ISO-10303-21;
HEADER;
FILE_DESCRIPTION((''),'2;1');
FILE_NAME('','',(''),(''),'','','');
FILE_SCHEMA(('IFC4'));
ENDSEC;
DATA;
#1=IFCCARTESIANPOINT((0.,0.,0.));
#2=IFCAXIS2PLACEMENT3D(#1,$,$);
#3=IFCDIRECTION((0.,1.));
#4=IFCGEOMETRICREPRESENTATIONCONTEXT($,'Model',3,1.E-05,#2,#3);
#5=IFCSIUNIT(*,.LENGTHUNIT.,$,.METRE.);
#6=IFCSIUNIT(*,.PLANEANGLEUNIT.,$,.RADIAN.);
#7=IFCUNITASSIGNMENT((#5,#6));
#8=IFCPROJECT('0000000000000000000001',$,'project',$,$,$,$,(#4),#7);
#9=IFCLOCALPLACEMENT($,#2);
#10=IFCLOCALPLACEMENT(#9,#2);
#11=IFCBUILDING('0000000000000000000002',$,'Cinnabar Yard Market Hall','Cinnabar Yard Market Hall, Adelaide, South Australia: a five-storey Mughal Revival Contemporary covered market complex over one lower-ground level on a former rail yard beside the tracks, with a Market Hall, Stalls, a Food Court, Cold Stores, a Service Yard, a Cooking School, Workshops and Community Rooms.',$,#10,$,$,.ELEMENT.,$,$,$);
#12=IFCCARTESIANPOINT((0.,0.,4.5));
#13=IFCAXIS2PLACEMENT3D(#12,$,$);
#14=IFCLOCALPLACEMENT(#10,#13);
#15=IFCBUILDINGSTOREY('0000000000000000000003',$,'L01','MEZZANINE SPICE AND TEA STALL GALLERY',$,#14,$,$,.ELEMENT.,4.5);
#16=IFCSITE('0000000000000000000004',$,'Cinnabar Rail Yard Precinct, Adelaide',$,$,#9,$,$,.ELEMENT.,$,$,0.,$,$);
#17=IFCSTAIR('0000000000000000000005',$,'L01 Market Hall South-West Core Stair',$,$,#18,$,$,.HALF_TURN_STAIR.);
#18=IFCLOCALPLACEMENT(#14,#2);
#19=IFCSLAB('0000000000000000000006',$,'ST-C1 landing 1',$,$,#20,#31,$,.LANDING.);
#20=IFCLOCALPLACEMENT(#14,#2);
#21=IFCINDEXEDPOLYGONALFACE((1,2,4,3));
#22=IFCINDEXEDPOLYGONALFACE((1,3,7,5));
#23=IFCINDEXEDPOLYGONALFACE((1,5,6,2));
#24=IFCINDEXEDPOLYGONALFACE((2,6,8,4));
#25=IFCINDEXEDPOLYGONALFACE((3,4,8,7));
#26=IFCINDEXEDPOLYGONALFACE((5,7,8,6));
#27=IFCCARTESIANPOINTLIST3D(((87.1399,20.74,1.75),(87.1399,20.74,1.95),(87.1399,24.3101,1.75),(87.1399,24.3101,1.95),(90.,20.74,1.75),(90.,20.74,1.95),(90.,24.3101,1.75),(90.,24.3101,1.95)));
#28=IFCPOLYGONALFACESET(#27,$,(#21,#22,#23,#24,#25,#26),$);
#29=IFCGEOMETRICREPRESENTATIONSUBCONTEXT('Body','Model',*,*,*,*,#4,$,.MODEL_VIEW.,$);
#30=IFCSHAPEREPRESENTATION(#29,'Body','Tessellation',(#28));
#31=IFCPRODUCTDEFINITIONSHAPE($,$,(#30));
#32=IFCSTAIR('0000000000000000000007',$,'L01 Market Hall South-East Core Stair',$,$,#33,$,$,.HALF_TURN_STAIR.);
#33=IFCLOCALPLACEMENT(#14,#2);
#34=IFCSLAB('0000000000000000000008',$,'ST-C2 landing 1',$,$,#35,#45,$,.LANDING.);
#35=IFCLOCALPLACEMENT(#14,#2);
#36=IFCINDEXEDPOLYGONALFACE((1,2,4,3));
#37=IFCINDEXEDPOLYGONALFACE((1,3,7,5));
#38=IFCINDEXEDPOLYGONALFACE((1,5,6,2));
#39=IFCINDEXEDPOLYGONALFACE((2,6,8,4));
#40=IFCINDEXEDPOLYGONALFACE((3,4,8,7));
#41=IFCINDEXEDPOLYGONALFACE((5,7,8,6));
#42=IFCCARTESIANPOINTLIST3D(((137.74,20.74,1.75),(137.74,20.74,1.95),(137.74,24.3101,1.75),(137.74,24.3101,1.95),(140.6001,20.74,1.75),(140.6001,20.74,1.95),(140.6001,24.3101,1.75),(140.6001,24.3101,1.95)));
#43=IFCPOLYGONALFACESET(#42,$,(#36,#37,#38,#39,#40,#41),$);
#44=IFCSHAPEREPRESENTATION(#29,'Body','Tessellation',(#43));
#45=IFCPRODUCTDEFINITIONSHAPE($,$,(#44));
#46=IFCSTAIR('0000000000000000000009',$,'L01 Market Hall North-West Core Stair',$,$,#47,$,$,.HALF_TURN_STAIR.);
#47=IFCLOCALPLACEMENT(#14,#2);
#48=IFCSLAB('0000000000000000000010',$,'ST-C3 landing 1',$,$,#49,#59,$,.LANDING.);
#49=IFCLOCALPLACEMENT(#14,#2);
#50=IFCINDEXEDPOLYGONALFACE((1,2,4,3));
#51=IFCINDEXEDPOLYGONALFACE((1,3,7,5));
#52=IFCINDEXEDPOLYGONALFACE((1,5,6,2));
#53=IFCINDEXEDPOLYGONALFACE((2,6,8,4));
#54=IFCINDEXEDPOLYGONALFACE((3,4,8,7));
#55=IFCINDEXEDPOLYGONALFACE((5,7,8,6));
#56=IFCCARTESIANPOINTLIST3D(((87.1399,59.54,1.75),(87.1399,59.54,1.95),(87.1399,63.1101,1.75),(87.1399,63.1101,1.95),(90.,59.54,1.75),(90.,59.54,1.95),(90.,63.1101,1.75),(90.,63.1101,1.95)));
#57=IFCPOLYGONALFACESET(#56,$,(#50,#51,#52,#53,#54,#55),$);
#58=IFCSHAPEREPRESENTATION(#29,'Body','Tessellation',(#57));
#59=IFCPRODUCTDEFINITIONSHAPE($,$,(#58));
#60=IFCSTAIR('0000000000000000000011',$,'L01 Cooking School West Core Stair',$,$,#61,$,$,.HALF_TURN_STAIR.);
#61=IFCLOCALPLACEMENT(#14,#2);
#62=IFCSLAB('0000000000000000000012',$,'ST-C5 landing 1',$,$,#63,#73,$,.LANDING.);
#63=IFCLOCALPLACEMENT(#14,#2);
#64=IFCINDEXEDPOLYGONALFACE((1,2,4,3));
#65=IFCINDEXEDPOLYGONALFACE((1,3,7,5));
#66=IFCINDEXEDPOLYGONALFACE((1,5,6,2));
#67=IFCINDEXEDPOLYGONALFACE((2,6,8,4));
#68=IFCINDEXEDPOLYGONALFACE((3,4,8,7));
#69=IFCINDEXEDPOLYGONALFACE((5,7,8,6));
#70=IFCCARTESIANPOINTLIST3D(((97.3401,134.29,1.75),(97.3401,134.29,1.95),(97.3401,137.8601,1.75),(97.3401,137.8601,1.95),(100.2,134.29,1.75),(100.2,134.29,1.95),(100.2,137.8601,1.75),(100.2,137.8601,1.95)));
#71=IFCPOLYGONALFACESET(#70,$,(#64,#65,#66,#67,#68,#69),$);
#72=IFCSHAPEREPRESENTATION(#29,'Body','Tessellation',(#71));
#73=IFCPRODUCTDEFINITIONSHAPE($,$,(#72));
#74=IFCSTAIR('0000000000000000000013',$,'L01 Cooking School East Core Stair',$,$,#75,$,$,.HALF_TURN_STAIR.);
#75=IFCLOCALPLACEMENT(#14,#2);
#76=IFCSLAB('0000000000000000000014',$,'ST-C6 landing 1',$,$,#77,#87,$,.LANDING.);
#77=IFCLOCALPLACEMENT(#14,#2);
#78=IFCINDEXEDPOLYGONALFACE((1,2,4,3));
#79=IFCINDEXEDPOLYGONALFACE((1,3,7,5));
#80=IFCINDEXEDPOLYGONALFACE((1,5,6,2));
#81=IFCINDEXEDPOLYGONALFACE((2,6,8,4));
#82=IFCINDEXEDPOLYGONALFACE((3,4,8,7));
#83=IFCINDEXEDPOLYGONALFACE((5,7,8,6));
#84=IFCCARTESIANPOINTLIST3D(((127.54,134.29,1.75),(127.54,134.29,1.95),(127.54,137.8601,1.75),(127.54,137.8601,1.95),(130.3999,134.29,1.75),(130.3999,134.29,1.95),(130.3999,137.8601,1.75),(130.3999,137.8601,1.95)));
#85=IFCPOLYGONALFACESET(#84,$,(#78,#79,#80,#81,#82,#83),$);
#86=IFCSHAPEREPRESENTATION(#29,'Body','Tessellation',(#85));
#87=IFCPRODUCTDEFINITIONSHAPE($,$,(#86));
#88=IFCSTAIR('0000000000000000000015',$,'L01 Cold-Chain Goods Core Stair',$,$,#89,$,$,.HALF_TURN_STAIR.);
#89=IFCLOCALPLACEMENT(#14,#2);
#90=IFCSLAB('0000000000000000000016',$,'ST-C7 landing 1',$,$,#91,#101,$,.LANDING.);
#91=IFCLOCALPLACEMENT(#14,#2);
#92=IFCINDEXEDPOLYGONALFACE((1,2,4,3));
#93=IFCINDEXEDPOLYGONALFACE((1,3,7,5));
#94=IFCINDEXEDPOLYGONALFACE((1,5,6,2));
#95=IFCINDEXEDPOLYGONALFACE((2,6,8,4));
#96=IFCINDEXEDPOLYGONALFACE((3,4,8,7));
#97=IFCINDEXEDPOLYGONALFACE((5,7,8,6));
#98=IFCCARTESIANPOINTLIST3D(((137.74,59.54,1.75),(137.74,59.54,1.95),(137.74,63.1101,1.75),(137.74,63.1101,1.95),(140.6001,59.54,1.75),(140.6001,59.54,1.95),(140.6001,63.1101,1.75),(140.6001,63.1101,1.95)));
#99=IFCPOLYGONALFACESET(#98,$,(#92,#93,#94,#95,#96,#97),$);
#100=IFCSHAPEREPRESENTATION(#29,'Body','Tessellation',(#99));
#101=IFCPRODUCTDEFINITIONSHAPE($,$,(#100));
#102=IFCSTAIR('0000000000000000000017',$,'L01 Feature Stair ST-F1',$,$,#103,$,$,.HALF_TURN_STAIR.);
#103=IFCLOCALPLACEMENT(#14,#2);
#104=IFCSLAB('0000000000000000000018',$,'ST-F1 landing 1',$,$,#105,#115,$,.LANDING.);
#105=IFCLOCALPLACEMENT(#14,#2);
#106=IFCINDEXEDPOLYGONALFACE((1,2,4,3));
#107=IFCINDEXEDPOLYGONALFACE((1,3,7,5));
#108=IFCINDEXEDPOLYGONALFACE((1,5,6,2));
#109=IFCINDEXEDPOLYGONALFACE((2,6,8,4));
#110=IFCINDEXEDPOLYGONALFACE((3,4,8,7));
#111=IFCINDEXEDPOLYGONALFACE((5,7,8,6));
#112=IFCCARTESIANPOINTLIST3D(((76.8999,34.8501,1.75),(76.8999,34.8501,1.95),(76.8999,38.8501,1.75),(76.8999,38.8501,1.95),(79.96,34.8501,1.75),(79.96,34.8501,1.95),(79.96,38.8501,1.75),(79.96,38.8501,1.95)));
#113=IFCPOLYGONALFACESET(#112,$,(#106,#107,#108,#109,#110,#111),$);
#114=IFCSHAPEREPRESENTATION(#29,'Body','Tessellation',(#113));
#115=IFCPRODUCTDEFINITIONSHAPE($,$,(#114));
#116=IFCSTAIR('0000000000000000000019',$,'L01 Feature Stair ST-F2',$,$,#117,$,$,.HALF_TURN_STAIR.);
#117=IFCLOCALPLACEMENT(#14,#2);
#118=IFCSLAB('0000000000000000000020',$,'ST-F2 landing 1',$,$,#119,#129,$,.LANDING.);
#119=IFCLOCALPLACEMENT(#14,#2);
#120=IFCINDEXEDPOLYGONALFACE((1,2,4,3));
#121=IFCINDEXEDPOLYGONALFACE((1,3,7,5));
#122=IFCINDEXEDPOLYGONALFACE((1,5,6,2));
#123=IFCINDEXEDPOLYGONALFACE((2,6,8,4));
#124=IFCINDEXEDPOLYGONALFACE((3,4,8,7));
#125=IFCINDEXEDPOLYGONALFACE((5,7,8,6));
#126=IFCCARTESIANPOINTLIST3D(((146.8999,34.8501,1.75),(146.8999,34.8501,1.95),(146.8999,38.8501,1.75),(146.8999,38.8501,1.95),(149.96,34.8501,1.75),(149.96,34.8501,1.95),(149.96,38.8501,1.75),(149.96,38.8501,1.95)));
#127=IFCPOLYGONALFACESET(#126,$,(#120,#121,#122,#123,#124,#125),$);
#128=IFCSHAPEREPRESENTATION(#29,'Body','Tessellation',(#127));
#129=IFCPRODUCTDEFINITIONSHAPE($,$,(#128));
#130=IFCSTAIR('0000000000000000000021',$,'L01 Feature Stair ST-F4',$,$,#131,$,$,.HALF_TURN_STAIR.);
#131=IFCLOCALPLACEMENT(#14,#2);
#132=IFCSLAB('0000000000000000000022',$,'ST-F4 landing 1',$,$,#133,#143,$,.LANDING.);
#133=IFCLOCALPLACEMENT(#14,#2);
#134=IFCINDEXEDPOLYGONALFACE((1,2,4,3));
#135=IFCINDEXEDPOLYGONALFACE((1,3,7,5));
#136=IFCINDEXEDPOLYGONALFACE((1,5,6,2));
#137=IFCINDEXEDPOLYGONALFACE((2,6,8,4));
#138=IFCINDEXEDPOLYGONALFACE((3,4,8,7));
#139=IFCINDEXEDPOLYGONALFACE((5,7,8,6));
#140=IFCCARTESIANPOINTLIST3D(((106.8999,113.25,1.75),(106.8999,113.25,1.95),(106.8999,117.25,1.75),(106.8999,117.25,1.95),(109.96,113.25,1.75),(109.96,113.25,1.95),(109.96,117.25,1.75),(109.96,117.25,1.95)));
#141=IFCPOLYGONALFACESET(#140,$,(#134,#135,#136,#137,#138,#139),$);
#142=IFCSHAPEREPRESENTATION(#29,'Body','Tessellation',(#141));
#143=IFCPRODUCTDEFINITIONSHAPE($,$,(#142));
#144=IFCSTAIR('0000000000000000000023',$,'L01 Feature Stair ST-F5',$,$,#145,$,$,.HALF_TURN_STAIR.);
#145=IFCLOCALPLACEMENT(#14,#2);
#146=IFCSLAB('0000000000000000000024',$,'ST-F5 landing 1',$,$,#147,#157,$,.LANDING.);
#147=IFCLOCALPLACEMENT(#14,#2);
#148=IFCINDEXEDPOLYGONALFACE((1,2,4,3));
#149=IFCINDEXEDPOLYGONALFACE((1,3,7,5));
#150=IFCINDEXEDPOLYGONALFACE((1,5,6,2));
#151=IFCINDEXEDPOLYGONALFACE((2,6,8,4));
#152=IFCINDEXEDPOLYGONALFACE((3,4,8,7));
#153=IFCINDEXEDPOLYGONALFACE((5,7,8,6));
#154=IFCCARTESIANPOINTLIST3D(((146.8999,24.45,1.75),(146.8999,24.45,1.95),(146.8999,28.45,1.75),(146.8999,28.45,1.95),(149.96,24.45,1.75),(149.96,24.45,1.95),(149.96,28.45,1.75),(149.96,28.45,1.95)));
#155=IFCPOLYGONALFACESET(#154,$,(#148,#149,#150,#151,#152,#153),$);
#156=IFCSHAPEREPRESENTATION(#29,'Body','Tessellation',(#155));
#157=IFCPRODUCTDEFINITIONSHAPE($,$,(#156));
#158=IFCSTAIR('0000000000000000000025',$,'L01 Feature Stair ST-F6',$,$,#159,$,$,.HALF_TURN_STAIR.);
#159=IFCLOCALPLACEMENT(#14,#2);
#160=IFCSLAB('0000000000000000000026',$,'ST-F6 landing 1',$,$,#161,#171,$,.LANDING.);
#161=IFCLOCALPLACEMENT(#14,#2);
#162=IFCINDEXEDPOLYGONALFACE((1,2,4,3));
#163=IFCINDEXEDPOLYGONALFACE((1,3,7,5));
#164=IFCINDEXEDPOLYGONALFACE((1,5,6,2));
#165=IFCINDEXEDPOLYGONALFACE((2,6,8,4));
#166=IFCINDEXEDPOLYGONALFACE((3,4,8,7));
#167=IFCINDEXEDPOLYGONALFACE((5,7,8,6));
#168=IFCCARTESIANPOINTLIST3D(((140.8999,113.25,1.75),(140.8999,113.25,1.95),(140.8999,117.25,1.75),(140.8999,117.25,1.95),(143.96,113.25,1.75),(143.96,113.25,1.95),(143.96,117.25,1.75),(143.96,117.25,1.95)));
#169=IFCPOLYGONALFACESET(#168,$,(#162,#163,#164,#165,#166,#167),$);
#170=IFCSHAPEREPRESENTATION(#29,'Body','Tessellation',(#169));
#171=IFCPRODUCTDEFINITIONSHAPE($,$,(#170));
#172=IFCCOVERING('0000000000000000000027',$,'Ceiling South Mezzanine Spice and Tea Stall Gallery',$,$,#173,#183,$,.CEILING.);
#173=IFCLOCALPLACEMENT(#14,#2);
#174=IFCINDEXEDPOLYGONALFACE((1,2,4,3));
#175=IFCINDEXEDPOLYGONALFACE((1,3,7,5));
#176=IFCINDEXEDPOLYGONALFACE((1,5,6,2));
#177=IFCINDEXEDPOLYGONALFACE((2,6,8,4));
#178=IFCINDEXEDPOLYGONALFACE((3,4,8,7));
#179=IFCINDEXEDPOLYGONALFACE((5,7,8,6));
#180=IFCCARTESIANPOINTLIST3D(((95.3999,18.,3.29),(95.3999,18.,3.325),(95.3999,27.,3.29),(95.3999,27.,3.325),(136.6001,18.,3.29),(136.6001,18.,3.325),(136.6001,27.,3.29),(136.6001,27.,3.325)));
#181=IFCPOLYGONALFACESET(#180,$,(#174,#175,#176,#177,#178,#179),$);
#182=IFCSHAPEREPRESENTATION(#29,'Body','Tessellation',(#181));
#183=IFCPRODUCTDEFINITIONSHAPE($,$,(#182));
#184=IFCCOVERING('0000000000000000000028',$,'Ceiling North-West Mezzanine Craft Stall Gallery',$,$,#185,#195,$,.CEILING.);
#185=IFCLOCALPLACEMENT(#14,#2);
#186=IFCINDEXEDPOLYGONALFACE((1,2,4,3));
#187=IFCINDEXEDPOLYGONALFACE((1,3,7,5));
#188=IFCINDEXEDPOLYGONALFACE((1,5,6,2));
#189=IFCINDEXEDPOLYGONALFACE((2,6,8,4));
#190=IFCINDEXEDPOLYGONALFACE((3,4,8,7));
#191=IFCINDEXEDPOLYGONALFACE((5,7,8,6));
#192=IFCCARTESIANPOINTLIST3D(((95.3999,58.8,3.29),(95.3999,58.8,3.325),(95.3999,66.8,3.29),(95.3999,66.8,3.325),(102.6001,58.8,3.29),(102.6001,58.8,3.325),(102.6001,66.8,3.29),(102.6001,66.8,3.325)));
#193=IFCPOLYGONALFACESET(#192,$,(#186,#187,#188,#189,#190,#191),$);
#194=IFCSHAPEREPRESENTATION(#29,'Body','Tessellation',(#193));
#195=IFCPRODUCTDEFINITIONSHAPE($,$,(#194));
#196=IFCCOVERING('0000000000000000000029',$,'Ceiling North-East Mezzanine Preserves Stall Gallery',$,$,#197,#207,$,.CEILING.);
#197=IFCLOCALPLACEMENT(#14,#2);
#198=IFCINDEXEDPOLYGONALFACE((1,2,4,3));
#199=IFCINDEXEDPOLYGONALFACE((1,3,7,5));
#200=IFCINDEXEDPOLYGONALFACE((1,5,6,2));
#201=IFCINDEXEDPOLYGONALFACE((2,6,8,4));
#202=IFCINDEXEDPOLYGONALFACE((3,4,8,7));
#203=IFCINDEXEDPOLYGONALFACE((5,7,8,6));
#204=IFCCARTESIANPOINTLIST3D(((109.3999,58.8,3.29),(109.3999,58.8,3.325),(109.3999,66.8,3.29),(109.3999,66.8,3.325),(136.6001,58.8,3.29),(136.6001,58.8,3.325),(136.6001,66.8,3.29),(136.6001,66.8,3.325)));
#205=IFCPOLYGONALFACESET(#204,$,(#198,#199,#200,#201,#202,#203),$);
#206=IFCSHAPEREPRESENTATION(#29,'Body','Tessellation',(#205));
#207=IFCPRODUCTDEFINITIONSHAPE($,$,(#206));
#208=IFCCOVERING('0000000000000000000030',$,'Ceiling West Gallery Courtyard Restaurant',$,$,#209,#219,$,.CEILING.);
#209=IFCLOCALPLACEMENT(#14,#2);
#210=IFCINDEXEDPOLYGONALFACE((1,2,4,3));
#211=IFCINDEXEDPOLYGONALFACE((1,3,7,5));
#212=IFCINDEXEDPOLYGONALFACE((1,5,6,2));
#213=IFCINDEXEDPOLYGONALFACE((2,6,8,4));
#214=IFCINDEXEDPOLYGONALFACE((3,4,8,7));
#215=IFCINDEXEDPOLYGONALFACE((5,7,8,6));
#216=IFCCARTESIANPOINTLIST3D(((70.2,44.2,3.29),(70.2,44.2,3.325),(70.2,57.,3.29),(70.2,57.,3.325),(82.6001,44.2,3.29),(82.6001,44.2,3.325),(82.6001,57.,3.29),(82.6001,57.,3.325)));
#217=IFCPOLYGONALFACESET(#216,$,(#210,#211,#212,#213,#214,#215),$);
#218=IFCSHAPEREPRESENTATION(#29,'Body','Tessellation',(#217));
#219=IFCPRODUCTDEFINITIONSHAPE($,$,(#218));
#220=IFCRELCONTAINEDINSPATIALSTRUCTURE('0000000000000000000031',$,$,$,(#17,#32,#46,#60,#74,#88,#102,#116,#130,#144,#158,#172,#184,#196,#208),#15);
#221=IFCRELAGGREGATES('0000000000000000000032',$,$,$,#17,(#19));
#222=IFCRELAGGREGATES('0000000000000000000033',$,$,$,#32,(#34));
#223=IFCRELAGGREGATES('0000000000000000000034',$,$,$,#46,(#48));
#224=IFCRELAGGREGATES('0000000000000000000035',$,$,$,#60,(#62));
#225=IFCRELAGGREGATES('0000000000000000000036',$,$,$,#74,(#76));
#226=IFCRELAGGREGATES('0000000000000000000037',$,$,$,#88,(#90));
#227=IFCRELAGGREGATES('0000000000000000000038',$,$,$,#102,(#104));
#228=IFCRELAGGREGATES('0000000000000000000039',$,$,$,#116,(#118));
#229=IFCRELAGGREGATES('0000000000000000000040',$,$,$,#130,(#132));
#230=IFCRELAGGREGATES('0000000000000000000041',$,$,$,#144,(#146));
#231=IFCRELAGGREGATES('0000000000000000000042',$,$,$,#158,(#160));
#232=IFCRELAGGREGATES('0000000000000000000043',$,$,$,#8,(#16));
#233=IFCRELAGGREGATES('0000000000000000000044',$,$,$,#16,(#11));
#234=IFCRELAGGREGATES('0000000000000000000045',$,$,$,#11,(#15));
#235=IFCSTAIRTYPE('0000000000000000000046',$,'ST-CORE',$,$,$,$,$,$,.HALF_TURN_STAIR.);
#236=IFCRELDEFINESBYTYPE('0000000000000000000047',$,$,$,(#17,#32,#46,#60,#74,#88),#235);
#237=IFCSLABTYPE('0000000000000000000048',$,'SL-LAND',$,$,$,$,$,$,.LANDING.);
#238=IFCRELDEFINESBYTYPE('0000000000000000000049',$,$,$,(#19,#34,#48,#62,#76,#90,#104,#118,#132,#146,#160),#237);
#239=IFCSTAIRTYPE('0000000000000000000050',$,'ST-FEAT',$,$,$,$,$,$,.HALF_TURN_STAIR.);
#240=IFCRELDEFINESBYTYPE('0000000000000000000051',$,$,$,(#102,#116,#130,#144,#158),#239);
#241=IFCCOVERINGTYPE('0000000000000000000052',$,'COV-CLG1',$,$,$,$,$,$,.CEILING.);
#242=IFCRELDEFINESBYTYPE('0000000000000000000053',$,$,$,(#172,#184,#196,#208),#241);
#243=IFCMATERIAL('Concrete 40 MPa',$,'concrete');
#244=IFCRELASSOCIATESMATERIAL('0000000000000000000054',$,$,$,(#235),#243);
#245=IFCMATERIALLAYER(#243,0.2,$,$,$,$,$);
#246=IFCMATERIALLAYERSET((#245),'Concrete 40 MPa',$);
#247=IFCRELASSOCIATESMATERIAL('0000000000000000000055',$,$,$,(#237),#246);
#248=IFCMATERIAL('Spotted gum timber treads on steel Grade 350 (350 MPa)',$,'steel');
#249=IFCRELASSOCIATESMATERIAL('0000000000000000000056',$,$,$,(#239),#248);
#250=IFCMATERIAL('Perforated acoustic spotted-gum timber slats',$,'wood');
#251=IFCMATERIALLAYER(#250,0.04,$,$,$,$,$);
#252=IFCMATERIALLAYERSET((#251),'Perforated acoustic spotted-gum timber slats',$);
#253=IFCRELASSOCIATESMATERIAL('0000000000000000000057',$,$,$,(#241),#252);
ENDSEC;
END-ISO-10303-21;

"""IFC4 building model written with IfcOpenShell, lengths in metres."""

from ifc_helpers import new_model, si_unit, direction, frame, origin, place, context, subcontext, project, spatial, polyline, outline, extrude, material, layer, layer_set, type_object, element, aggregate, save


model = new_model("IFC4")

# Units and contexts
model_context = context("Model", 3, precision=1e-05, world=origin(), true_north=direction((0.0, 1.0)))
body_context = subcontext(model_context, "Body", "Model", "MODEL_VIEW")
ifc_project = project(units=[si_unit("LENGTHUNIT", "METRE"), si_unit("PLANEANGLEUNIT", "RADIAN")], contexts=[model_context])

# Site, building, storey
site_placement = place(None, origin())
site = spatial("IfcSite", under=ifc_project, at=site_placement, Name="Cinnabar Rail Yard Precinct, Adelaide", CompositionType="ELEMENT", RefElevation=0.0)
building_placement = place(site_placement, origin())
building = spatial("IfcBuilding", under=site, at=building_placement, Name="Cinnabar Yard Market Hall", Description="Cinnabar Yard Market Hall, Adelaide, South Australia: a five-storey Mughal Revival Contemporary covered market complex over one lower-ground level on a former rail yard beside the tracks, with a Market Hall, Stalls, a Food Court, Cold Stores, a Service Yard, a Cooking School, Workshops and Community Rooms.", CompositionType="ELEMENT")
storey_placement = place(building_placement, frame((0.0, 0.0, 4.5)))
storey = spatial("IfcBuildingStorey", under=building, at=storey_placement, Name="L01", Description="MEZZANINE SPICE AND TEA STALL GALLERY", CompositionType="ELEMENT", Elevation=4.5)

# Shared definitions
ifc_material_1 = material(Name="Concrete 40 MPa", Category="concrete")

# Stairs, slabs
stair_type_1 = type_object("IfcStairType", Name="ST-CORE", PredefinedType="HALF_TURN_STAIR", material=ifc_material_1)
stair_1_placement = place(storey_placement, origin())
stair_1 = element("IfcStair", 1, at=stair_1_placement, inside=storey, type_object=stair_type_1, Name="L01 Market Hall South-West Core Stair", PredefinedType="HALF_TURN_STAIR")
ifc_layer_1 = layer(ifc_material_1, 0.2)
ifc_layer_set_1 = layer_set([ifc_layer_1], Name="Concrete 40 MPa")
slab_type_1 = type_object("IfcSlabType", Name="SL-LAND", PredefinedType="LANDING", material=ifc_layer_set_1)
slab_1_placement = place(storey_placement, frame((0.0, 0.0, 1.75)))
slab_1 = element("IfcSlab", 2, at=slab_1_placement, type_object=slab_type_1, Name="ST-C1 landing 1", PredefinedType="LANDING", context=body_context, shape_type="SweptSolid", body=[
    extrude(outline(polyline([(87.1399, 24.3101), (87.1399, 20.74), (90.0, 20.74), (90.0, 24.3101), (87.1399, 24.3101)])), origin(), (0.0, 0.0, 1.0), 0.2),
])
aggregate(stair_1, [slab_1])
stair_2_placement = place(storey_placement, origin())
stair_2 = element("IfcStair", 3, at=stair_2_placement, inside=storey, type_object=stair_type_1, Name="L01 Market Hall South-East Core Stair", PredefinedType="HALF_TURN_STAIR")
slab_2_placement = place(storey_placement, frame((0.0, 0.0, 1.75)))
slab_2 = element("IfcSlab", 4, at=slab_2_placement, type_object=slab_type_1, Name="ST-C2 landing 1", PredefinedType="LANDING", context=body_context, shape_type="SweptSolid", body=[
    extrude(outline(polyline([(137.74, 24.3101), (137.74, 20.74), (140.6001, 20.74), (140.6001, 24.3101), (137.74, 24.3101)])), origin(), (0.0, 0.0, 1.0), 0.2),
])
aggregate(stair_2, [slab_2])
stair_3_placement = place(storey_placement, origin())
stair_3 = element("IfcStair", 5, at=stair_3_placement, inside=storey, type_object=stair_type_1, Name="L01 Market Hall North-West Core Stair", PredefinedType="HALF_TURN_STAIR")
slab_3_placement = place(storey_placement, frame((0.0, 0.0, 1.75)))
slab_3 = element("IfcSlab", 6, at=slab_3_placement, type_object=slab_type_1, Name="ST-C3 landing 1", PredefinedType="LANDING", context=body_context, shape_type="SweptSolid", body=[
    extrude(outline(polyline([(87.1399, 63.1101), (87.1399, 59.54), (90.0, 59.54), (90.0, 63.1101), (87.1399, 63.1101)])), origin(), (0.0, 0.0, 1.0), 0.2),
])
aggregate(stair_3, [slab_3])
stair_4_placement = place(storey_placement, origin())
stair_4 = element("IfcStair", 7, at=stair_4_placement, inside=storey, type_object=stair_type_1, Name="L01 Cooking School West Core Stair", PredefinedType="HALF_TURN_STAIR")
slab_4_placement = place(storey_placement, frame((0.0, 0.0, 1.75)))
slab_4 = element("IfcSlab", 8, at=slab_4_placement, type_object=slab_type_1, Name="ST-C5 landing 1", PredefinedType="LANDING", context=body_context, shape_type="SweptSolid", body=[
    extrude(outline(polyline([(100.2, 134.29), (100.2, 137.8601), (97.3401, 137.8601), (97.3401, 134.29), (100.2, 134.29)])), origin(), (0.0, 0.0, 1.0), 0.2),
])
aggregate(stair_4, [slab_4])
stair_5_placement = place(storey_placement, origin())
stair_5 = element("IfcStair", 9, at=stair_5_placement, inside=storey, type_object=stair_type_1, Name="L01 Cooking School East Core Stair", PredefinedType="HALF_TURN_STAIR")
slab_5_placement = place(storey_placement, frame((0.0, 0.0, 1.75)))
slab_5 = element("IfcSlab", 10, at=slab_5_placement, type_object=slab_type_1, Name="ST-C6 landing 1", PredefinedType="LANDING", context=body_context, shape_type="SweptSolid", body=[
    extrude(outline(polyline([(130.3999, 134.29), (130.3999, 137.8601), (127.54, 137.8601), (127.54, 134.29), (130.3999, 134.29)])), origin(), (0.0, 0.0, 1.0), 0.2),
])
aggregate(stair_5, [slab_5])
stair_6_placement = place(storey_placement, origin())
stair_6 = element("IfcStair", 11, at=stair_6_placement, inside=storey, type_object=stair_type_1, Name="L01 Cold-Chain Goods Core Stair", PredefinedType="HALF_TURN_STAIR")
slab_6_placement = place(storey_placement, frame((0.0, 0.0, 1.75)))
slab_6 = element("IfcSlab", 12, at=slab_6_placement, type_object=slab_type_1, Name="ST-C7 landing 1", PredefinedType="LANDING", context=body_context, shape_type="SweptSolid", body=[
    extrude(outline(polyline([(137.74, 63.1101), (137.74, 59.54), (140.6001, 59.54), (140.6001, 63.1101), (137.74, 63.1101)])), origin(), (0.0, 0.0, 1.0), 0.2),
])
aggregate(stair_6, [slab_6])
ifc_material_2 = material(Name="Spotted gum timber treads on steel Grade 350 (350 MPa)", Category="steel")
stair_type_2 = type_object("IfcStairType", Name="ST-FEAT", PredefinedType="HALF_TURN_STAIR", material=ifc_material_2)
stair_7_placement = place(storey_placement, origin())
stair_7 = element("IfcStair", 13, at=stair_7_placement, inside=storey, type_object=stair_type_2, Name="L01 Feature Stair ST-F1", PredefinedType="HALF_TURN_STAIR")
slab_7_placement = place(storey_placement, frame((0.0, 0.0, 1.75)))
slab_7 = element("IfcSlab", 14, at=slab_7_placement, type_object=slab_type_1, Name="ST-F1 landing 1", PredefinedType="LANDING", context=body_context, shape_type="SweptSolid", body=[
    extrude(outline(polyline([(76.8999, 38.8501), (76.8999, 34.8501), (79.96, 34.8501), (79.96, 38.8501), (76.8999, 38.8501)])), origin(), (0.0, 0.0, 1.0), 0.2),
])
aggregate(stair_7, [slab_7])
stair_8_placement = place(storey_placement, origin())
stair_8 = element("IfcStair", 15, at=stair_8_placement, inside=storey, type_object=stair_type_2, Name="L01 Feature Stair ST-F2", PredefinedType="HALF_TURN_STAIR")
slab_8_placement = place(storey_placement, frame((0.0, 0.0, 1.75)))
slab_8 = element("IfcSlab", 16, at=slab_8_placement, type_object=slab_type_1, Name="ST-F2 landing 1", PredefinedType="LANDING", context=body_context, shape_type="SweptSolid", body=[
    extrude(outline(polyline([(146.8999, 38.8501), (146.8999, 34.8501), (149.96, 34.8501), (149.96, 38.8501), (146.8999, 38.8501)])), origin(), (0.0, 0.0, 1.0), 0.2),
])
aggregate(stair_8, [slab_8])
stair_9_placement = place(storey_placement, origin())
stair_9 = element("IfcStair", 17, at=stair_9_placement, inside=storey, type_object=stair_type_2, Name="L01 Feature Stair ST-F4", PredefinedType="HALF_TURN_STAIR")
slab_9_placement = place(storey_placement, frame((0.0, 0.0, 1.75)))
slab_9 = element("IfcSlab", 18, at=slab_9_placement, type_object=slab_type_1, Name="ST-F4 landing 1", PredefinedType="LANDING", context=body_context, shape_type="SweptSolid", body=[
    extrude(outline(polyline([(106.8999, 117.25), (106.8999, 113.25), (109.96, 113.25), (109.96, 117.25), (106.8999, 117.25)])), origin(), (0.0, 0.0, 1.0), 0.2),
])
aggregate(stair_9, [slab_9])
stair_10_placement = place(storey_placement, origin())
stair_10 = element("IfcStair", 19, at=stair_10_placement, inside=storey, type_object=stair_type_2, Name="L01 Feature Stair ST-F5", PredefinedType="HALF_TURN_STAIR")
slab_10_placement = place(storey_placement, frame((0.0, 0.0, 1.75)))
slab_10 = element("IfcSlab", 20, at=slab_10_placement, type_object=slab_type_1, Name="ST-F5 landing 1", PredefinedType="LANDING", context=body_context, shape_type="SweptSolid", body=[
    extrude(outline(polyline([(146.8999, 28.45), (146.8999, 24.45), (149.96, 24.45), (149.96, 28.45), (146.8999, 28.45)])), origin(), (0.0, 0.0, 1.0), 0.2),
])
aggregate(stair_10, [slab_10])
stair_11_placement = place(storey_placement, origin())
stair_11 = element("IfcStair", 21, at=stair_11_placement, inside=storey, type_object=stair_type_2, Name="L01 Feature Stair ST-F6", PredefinedType="HALF_TURN_STAIR")
slab_11_placement = place(storey_placement, frame((0.0, 0.0, 1.75)))
slab_11 = element("IfcSlab", 22, at=slab_11_placement, type_object=slab_type_1, Name="ST-F6 landing 1", PredefinedType="LANDING", context=body_context, shape_type="SweptSolid", body=[
    extrude(outline(polyline([(140.8999, 117.25), (140.8999, 113.25), (143.96, 113.25), (143.96, 117.25), (140.8999, 117.25)])), origin(), (0.0, 0.0, 1.0), 0.2),
])
aggregate(stair_11, [slab_11])

# Coverings
ifc_material_3 = material(Name="Perforated acoustic spotted-gum timber slats", Category="wood")
ifc_layer_2 = layer(ifc_material_3, 0.04)
ifc_layer_set_2 = layer_set([ifc_layer_2], Name="Perforated acoustic spotted-gum timber slats")
covering_type_1 = type_object("IfcCoveringType", Name="COV-CLG1", PredefinedType="CEILING", material=ifc_layer_set_2)
covering_1_placement = place(storey_placement, frame((0.0, 0.0, 3.29)))
element("IfcCovering", 23, at=covering_1_placement, inside=storey, type_object=covering_type_1, Name="Ceiling South Mezzanine Spice and Tea Stall Gallery", PredefinedType="CEILING", context=body_context, shape_type="SweptSolid", body=[
    extrude(outline(polyline([(95.3999, 18.0), (136.6001, 18.0), (136.6001, 27.0), (95.3999, 27.0), (95.3999, 18.0)])), origin(), (0.0, 0.0, 1.0), 0.0349),
])
covering_2_placement = place(storey_placement, frame((0.0, 0.0, 3.29)))
element("IfcCovering", 24, at=covering_2_placement, inside=storey, type_object=covering_type_1, Name="Ceiling North-West Mezzanine Craft Stall Gallery", PredefinedType="CEILING", context=body_context, shape_type="SweptSolid", body=[
    extrude(outline(polyline([(95.3999, 58.8), (102.6001, 58.8), (102.6001, 66.8), (95.3999, 66.8), (95.3999, 58.8)])), origin(), (0.0, 0.0, 1.0), 0.0349),
])
covering_3_placement = place(storey_placement, frame((0.0, 0.0, 3.29)))
element("IfcCovering", 25, at=covering_3_placement, inside=storey, type_object=covering_type_1, Name="Ceiling North-East Mezzanine Preserves Stall Gallery", PredefinedType="CEILING", context=body_context, shape_type="SweptSolid", body=[
    extrude(outline(polyline([(109.3999, 58.8), (136.6001, 58.8), (136.6001, 66.8), (109.3999, 66.8), (109.3999, 58.8)])), origin(), (0.0, 0.0, 1.0), 0.0349),
])
covering_4_placement = place(storey_placement, frame((0.0, 0.0, 3.29)))
element("IfcCovering", 26, at=covering_4_placement, inside=storey, type_object=covering_type_1, Name="Ceiling West Gallery Courtyard Restaurant", PredefinedType="CEILING", context=body_context, shape_type="SweptSolid", body=[
    extrude(outline(polyline([(70.2, 44.2), (82.6001, 44.2), (82.6001, 57.0), (70.2, 57.0), (70.2, 44.2)])), origin(), (0.0, 0.0, 1.0), 0.0349),
])

save(model, "model.ifc")
